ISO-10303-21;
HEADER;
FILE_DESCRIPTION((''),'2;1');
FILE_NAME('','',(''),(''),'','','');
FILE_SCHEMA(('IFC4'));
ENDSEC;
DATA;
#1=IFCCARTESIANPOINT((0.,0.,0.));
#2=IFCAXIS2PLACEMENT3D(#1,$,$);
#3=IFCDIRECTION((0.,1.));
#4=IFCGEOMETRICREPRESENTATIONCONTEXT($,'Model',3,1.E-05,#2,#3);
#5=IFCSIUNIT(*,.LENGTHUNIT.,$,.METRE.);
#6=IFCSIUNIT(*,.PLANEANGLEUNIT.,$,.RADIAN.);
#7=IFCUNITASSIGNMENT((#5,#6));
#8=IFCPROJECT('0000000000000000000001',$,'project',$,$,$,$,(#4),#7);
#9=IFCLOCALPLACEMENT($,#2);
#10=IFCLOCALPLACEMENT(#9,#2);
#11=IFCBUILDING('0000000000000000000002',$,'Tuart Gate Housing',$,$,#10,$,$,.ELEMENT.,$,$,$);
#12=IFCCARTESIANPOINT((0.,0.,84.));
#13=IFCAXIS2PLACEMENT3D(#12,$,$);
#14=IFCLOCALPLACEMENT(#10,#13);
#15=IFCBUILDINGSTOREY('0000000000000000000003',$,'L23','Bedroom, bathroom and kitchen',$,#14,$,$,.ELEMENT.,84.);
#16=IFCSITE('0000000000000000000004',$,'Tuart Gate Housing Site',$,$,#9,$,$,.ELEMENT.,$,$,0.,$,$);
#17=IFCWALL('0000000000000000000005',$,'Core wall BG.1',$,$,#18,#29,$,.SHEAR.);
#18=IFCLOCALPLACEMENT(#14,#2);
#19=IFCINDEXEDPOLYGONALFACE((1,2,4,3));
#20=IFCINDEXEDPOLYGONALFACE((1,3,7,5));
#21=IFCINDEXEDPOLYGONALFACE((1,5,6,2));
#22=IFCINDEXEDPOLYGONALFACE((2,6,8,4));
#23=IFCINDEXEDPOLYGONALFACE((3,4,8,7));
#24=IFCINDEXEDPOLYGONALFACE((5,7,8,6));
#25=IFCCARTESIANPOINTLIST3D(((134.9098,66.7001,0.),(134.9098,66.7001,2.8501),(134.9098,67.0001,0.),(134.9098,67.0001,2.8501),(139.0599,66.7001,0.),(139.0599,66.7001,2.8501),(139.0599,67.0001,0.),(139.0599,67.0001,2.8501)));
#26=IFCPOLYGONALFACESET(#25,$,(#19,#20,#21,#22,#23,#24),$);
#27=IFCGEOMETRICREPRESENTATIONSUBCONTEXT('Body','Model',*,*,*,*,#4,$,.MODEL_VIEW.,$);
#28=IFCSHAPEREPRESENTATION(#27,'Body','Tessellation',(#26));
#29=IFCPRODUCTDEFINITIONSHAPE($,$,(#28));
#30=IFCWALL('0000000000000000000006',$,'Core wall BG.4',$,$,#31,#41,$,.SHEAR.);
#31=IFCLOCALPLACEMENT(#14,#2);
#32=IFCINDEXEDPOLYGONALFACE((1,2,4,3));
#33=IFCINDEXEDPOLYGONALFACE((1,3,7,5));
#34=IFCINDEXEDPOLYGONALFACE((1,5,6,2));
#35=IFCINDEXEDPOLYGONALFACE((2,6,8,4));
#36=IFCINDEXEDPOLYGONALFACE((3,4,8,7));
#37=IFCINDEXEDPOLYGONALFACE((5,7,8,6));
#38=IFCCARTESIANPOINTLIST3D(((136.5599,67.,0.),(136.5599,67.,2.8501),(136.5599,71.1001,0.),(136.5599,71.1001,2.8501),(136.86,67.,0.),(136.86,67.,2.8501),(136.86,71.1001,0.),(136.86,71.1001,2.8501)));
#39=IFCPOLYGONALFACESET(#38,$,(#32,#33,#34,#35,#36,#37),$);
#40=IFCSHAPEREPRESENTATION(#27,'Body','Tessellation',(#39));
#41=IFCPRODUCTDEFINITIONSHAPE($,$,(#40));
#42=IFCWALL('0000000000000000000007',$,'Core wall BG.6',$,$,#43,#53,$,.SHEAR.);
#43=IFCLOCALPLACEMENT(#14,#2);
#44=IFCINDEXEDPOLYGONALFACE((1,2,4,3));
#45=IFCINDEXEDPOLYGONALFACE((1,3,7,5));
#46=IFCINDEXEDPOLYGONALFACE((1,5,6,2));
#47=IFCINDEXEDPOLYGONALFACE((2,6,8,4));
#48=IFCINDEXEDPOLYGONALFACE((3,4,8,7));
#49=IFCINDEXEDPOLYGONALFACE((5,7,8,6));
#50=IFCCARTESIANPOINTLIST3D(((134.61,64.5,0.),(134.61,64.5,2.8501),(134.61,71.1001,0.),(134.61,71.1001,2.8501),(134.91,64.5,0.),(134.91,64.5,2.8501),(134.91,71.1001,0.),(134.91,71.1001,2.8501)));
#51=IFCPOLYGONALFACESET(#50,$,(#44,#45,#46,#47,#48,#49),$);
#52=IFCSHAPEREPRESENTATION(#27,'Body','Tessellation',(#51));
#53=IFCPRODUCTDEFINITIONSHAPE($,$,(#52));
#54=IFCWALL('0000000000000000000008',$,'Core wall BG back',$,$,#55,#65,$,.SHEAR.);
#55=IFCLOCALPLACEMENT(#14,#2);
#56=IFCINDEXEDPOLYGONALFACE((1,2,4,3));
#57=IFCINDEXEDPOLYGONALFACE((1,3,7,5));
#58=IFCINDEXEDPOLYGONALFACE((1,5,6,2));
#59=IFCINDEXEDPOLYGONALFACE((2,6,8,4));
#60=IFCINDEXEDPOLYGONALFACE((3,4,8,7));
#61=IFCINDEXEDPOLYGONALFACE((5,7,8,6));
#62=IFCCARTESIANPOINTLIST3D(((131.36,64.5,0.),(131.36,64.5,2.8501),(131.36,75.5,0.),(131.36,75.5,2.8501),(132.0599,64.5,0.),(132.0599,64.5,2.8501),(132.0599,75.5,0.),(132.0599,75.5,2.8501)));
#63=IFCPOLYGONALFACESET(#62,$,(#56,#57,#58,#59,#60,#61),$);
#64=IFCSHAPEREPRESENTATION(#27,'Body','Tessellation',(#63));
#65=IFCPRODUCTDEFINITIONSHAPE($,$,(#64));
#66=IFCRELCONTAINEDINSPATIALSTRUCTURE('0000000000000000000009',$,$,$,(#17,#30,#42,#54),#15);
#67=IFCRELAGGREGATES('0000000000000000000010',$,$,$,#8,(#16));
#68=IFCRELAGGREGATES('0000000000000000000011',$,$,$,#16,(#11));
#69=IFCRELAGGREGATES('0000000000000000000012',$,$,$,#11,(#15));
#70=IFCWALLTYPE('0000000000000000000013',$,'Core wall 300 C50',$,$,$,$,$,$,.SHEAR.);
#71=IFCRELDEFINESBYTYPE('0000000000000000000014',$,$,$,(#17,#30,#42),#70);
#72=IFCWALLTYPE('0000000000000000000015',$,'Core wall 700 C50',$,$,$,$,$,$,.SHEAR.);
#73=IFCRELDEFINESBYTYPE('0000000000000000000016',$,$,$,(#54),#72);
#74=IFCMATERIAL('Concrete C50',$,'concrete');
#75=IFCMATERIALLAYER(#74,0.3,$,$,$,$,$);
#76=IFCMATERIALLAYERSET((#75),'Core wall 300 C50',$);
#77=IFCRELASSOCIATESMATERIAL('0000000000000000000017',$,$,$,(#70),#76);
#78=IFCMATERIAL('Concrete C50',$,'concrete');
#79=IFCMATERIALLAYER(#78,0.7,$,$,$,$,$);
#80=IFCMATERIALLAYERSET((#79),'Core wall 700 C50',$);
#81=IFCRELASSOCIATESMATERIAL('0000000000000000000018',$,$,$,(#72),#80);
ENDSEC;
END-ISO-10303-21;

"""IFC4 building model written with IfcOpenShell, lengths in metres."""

from ifc_helpers import new_model, si_unit, direction, frame, frame_2d, origin, place, context, subcontext, project, spatial, rectangle, extrude, material, layer, layer_set, type_object, element, save


model = new_model("IFC4")

# Units and contexts
model_context = context("Model", 3, precision=1e-05, world=origin(), true_north=direction((0.0, 1.0)))
body_context = subcontext(model_context, "Body", "Model", "MODEL_VIEW")
ifc_project = project(units=[si_unit("LENGTHUNIT", "METRE"), si_unit("PLANEANGLEUNIT", "RADIAN")], contexts=[model_context])

# Site, building, storey
site_placement = place(None, origin())
site = spatial("IfcSite", under=ifc_project, at=site_placement, Name="Tuart Gate Housing Site", CompositionType="ELEMENT", RefElevation=0.0)
building_placement = place(site_placement, origin())
building = spatial("IfcBuilding", under=site, at=building_placement, Name="Tuart Gate Housing", CompositionType="ELEMENT")
storey_placement = place(building_placement, frame((0.0, 0.0, 84.0)))
storey = spatial("IfcBuildingStorey", under=building, at=storey_placement, Name="L23", Description="Bedroom, bathroom and kitchen", CompositionType="ELEMENT", Elevation=84.0)

# Walls
ifc_material_1 = material(Name="Concrete C50", Category="concrete")
ifc_layer_1 = layer(ifc_material_1, 0.3)
ifc_layer_set_1 = layer_set([ifc_layer_1], Name="Core wall 300 C50")
wall_type_1 = type_object("IfcWallType", Name="Core wall 300 C50", PredefinedType="SHEAR", material=ifc_layer_set_1)
wall_1_placement = place(storey_placement, frame((139.0601, 66.8501, 0.0), z_axis=(0.0, 0.0, 1.0), x_axis=(-1.0, 0.0, 0.0)))
element("IfcWall", 1, at=wall_1_placement, inside=storey, type_object=wall_type_1, Name="Core wall BG.1", PredefinedType="SHEAR", context=body_context, shape_type="SweptSolid", body=[
    extrude(rectangle(XDim=4.1501, YDim=0.3, at=frame_2d((2.0752, 0.0))), origin(), (0.0, 0.0, 1.0), 2.8501),
])
wall_2_placement = place(storey_placement, frame((136.71, 67.0, 0.0), z_axis=(0.0, 0.0, 1.0), x_axis=(0.0, 1.0, 0.0)))
element("IfcWall", 2, at=wall_2_placement, inside=storey, type_object=wall_type_1, Name="Core wall BG.4", PredefinedType="SHEAR", context=body_context, shape_type="SweptSolid", body=[
    extrude(rectangle(XDim=4.1001, YDim=0.3, at=frame_2d((2.05, 0.0))), origin(), (0.0, 0.0, 1.0), 2.8501),
])
wall_3_placement = place(storey_placement, frame((134.76, 64.5, 0.0), z_axis=(0.0, 0.0, 1.0), x_axis=(0.0, 1.0, 0.0)))
element("IfcWall", 3, at=wall_3_placement, inside=storey, type_object=wall_type_1, Name="Core wall BG.6", PredefinedType="SHEAR", context=body_context, shape_type="SweptSolid", body=[
    extrude(rectangle(XDim=6.6001, YDim=0.3, at=frame_2d((3.3, 0.0))), origin(), (0.0, 0.0, 1.0), 2.8501),
])
ifc_material_2 = material(Name="Concrete C50", Category="concrete")
ifc_layer_2 = layer(ifc_material_2, 0.7)
ifc_layer_set_2 = layer_set([ifc_layer_2], Name="Core wall 700 C50")
wall_type_2 = type_object("IfcWallType", Name="Core wall 700 C50", PredefinedType="SHEAR", material=ifc_layer_set_2)
wall_4_placement = place(storey_placement, frame((131.71, 64.5, 0.0), z_axis=(0.0, 0.0, 1.0), x_axis=(0.0, 1.0, 0.0)))
element("IfcWall", 4, at=wall_4_placement, inside=storey, type_object=wall_type_2, Name="Core wall BG back", PredefinedType="SHEAR", context=body_context, shape_type="SweptSolid", body=[
    extrude(rectangle(XDim=11.0, YDim=0.7, at=frame_2d((5.5, 0.0))), origin(), (0.0, 0.0, 1.0), 2.8501),
])

save(model, "model.ifc")
